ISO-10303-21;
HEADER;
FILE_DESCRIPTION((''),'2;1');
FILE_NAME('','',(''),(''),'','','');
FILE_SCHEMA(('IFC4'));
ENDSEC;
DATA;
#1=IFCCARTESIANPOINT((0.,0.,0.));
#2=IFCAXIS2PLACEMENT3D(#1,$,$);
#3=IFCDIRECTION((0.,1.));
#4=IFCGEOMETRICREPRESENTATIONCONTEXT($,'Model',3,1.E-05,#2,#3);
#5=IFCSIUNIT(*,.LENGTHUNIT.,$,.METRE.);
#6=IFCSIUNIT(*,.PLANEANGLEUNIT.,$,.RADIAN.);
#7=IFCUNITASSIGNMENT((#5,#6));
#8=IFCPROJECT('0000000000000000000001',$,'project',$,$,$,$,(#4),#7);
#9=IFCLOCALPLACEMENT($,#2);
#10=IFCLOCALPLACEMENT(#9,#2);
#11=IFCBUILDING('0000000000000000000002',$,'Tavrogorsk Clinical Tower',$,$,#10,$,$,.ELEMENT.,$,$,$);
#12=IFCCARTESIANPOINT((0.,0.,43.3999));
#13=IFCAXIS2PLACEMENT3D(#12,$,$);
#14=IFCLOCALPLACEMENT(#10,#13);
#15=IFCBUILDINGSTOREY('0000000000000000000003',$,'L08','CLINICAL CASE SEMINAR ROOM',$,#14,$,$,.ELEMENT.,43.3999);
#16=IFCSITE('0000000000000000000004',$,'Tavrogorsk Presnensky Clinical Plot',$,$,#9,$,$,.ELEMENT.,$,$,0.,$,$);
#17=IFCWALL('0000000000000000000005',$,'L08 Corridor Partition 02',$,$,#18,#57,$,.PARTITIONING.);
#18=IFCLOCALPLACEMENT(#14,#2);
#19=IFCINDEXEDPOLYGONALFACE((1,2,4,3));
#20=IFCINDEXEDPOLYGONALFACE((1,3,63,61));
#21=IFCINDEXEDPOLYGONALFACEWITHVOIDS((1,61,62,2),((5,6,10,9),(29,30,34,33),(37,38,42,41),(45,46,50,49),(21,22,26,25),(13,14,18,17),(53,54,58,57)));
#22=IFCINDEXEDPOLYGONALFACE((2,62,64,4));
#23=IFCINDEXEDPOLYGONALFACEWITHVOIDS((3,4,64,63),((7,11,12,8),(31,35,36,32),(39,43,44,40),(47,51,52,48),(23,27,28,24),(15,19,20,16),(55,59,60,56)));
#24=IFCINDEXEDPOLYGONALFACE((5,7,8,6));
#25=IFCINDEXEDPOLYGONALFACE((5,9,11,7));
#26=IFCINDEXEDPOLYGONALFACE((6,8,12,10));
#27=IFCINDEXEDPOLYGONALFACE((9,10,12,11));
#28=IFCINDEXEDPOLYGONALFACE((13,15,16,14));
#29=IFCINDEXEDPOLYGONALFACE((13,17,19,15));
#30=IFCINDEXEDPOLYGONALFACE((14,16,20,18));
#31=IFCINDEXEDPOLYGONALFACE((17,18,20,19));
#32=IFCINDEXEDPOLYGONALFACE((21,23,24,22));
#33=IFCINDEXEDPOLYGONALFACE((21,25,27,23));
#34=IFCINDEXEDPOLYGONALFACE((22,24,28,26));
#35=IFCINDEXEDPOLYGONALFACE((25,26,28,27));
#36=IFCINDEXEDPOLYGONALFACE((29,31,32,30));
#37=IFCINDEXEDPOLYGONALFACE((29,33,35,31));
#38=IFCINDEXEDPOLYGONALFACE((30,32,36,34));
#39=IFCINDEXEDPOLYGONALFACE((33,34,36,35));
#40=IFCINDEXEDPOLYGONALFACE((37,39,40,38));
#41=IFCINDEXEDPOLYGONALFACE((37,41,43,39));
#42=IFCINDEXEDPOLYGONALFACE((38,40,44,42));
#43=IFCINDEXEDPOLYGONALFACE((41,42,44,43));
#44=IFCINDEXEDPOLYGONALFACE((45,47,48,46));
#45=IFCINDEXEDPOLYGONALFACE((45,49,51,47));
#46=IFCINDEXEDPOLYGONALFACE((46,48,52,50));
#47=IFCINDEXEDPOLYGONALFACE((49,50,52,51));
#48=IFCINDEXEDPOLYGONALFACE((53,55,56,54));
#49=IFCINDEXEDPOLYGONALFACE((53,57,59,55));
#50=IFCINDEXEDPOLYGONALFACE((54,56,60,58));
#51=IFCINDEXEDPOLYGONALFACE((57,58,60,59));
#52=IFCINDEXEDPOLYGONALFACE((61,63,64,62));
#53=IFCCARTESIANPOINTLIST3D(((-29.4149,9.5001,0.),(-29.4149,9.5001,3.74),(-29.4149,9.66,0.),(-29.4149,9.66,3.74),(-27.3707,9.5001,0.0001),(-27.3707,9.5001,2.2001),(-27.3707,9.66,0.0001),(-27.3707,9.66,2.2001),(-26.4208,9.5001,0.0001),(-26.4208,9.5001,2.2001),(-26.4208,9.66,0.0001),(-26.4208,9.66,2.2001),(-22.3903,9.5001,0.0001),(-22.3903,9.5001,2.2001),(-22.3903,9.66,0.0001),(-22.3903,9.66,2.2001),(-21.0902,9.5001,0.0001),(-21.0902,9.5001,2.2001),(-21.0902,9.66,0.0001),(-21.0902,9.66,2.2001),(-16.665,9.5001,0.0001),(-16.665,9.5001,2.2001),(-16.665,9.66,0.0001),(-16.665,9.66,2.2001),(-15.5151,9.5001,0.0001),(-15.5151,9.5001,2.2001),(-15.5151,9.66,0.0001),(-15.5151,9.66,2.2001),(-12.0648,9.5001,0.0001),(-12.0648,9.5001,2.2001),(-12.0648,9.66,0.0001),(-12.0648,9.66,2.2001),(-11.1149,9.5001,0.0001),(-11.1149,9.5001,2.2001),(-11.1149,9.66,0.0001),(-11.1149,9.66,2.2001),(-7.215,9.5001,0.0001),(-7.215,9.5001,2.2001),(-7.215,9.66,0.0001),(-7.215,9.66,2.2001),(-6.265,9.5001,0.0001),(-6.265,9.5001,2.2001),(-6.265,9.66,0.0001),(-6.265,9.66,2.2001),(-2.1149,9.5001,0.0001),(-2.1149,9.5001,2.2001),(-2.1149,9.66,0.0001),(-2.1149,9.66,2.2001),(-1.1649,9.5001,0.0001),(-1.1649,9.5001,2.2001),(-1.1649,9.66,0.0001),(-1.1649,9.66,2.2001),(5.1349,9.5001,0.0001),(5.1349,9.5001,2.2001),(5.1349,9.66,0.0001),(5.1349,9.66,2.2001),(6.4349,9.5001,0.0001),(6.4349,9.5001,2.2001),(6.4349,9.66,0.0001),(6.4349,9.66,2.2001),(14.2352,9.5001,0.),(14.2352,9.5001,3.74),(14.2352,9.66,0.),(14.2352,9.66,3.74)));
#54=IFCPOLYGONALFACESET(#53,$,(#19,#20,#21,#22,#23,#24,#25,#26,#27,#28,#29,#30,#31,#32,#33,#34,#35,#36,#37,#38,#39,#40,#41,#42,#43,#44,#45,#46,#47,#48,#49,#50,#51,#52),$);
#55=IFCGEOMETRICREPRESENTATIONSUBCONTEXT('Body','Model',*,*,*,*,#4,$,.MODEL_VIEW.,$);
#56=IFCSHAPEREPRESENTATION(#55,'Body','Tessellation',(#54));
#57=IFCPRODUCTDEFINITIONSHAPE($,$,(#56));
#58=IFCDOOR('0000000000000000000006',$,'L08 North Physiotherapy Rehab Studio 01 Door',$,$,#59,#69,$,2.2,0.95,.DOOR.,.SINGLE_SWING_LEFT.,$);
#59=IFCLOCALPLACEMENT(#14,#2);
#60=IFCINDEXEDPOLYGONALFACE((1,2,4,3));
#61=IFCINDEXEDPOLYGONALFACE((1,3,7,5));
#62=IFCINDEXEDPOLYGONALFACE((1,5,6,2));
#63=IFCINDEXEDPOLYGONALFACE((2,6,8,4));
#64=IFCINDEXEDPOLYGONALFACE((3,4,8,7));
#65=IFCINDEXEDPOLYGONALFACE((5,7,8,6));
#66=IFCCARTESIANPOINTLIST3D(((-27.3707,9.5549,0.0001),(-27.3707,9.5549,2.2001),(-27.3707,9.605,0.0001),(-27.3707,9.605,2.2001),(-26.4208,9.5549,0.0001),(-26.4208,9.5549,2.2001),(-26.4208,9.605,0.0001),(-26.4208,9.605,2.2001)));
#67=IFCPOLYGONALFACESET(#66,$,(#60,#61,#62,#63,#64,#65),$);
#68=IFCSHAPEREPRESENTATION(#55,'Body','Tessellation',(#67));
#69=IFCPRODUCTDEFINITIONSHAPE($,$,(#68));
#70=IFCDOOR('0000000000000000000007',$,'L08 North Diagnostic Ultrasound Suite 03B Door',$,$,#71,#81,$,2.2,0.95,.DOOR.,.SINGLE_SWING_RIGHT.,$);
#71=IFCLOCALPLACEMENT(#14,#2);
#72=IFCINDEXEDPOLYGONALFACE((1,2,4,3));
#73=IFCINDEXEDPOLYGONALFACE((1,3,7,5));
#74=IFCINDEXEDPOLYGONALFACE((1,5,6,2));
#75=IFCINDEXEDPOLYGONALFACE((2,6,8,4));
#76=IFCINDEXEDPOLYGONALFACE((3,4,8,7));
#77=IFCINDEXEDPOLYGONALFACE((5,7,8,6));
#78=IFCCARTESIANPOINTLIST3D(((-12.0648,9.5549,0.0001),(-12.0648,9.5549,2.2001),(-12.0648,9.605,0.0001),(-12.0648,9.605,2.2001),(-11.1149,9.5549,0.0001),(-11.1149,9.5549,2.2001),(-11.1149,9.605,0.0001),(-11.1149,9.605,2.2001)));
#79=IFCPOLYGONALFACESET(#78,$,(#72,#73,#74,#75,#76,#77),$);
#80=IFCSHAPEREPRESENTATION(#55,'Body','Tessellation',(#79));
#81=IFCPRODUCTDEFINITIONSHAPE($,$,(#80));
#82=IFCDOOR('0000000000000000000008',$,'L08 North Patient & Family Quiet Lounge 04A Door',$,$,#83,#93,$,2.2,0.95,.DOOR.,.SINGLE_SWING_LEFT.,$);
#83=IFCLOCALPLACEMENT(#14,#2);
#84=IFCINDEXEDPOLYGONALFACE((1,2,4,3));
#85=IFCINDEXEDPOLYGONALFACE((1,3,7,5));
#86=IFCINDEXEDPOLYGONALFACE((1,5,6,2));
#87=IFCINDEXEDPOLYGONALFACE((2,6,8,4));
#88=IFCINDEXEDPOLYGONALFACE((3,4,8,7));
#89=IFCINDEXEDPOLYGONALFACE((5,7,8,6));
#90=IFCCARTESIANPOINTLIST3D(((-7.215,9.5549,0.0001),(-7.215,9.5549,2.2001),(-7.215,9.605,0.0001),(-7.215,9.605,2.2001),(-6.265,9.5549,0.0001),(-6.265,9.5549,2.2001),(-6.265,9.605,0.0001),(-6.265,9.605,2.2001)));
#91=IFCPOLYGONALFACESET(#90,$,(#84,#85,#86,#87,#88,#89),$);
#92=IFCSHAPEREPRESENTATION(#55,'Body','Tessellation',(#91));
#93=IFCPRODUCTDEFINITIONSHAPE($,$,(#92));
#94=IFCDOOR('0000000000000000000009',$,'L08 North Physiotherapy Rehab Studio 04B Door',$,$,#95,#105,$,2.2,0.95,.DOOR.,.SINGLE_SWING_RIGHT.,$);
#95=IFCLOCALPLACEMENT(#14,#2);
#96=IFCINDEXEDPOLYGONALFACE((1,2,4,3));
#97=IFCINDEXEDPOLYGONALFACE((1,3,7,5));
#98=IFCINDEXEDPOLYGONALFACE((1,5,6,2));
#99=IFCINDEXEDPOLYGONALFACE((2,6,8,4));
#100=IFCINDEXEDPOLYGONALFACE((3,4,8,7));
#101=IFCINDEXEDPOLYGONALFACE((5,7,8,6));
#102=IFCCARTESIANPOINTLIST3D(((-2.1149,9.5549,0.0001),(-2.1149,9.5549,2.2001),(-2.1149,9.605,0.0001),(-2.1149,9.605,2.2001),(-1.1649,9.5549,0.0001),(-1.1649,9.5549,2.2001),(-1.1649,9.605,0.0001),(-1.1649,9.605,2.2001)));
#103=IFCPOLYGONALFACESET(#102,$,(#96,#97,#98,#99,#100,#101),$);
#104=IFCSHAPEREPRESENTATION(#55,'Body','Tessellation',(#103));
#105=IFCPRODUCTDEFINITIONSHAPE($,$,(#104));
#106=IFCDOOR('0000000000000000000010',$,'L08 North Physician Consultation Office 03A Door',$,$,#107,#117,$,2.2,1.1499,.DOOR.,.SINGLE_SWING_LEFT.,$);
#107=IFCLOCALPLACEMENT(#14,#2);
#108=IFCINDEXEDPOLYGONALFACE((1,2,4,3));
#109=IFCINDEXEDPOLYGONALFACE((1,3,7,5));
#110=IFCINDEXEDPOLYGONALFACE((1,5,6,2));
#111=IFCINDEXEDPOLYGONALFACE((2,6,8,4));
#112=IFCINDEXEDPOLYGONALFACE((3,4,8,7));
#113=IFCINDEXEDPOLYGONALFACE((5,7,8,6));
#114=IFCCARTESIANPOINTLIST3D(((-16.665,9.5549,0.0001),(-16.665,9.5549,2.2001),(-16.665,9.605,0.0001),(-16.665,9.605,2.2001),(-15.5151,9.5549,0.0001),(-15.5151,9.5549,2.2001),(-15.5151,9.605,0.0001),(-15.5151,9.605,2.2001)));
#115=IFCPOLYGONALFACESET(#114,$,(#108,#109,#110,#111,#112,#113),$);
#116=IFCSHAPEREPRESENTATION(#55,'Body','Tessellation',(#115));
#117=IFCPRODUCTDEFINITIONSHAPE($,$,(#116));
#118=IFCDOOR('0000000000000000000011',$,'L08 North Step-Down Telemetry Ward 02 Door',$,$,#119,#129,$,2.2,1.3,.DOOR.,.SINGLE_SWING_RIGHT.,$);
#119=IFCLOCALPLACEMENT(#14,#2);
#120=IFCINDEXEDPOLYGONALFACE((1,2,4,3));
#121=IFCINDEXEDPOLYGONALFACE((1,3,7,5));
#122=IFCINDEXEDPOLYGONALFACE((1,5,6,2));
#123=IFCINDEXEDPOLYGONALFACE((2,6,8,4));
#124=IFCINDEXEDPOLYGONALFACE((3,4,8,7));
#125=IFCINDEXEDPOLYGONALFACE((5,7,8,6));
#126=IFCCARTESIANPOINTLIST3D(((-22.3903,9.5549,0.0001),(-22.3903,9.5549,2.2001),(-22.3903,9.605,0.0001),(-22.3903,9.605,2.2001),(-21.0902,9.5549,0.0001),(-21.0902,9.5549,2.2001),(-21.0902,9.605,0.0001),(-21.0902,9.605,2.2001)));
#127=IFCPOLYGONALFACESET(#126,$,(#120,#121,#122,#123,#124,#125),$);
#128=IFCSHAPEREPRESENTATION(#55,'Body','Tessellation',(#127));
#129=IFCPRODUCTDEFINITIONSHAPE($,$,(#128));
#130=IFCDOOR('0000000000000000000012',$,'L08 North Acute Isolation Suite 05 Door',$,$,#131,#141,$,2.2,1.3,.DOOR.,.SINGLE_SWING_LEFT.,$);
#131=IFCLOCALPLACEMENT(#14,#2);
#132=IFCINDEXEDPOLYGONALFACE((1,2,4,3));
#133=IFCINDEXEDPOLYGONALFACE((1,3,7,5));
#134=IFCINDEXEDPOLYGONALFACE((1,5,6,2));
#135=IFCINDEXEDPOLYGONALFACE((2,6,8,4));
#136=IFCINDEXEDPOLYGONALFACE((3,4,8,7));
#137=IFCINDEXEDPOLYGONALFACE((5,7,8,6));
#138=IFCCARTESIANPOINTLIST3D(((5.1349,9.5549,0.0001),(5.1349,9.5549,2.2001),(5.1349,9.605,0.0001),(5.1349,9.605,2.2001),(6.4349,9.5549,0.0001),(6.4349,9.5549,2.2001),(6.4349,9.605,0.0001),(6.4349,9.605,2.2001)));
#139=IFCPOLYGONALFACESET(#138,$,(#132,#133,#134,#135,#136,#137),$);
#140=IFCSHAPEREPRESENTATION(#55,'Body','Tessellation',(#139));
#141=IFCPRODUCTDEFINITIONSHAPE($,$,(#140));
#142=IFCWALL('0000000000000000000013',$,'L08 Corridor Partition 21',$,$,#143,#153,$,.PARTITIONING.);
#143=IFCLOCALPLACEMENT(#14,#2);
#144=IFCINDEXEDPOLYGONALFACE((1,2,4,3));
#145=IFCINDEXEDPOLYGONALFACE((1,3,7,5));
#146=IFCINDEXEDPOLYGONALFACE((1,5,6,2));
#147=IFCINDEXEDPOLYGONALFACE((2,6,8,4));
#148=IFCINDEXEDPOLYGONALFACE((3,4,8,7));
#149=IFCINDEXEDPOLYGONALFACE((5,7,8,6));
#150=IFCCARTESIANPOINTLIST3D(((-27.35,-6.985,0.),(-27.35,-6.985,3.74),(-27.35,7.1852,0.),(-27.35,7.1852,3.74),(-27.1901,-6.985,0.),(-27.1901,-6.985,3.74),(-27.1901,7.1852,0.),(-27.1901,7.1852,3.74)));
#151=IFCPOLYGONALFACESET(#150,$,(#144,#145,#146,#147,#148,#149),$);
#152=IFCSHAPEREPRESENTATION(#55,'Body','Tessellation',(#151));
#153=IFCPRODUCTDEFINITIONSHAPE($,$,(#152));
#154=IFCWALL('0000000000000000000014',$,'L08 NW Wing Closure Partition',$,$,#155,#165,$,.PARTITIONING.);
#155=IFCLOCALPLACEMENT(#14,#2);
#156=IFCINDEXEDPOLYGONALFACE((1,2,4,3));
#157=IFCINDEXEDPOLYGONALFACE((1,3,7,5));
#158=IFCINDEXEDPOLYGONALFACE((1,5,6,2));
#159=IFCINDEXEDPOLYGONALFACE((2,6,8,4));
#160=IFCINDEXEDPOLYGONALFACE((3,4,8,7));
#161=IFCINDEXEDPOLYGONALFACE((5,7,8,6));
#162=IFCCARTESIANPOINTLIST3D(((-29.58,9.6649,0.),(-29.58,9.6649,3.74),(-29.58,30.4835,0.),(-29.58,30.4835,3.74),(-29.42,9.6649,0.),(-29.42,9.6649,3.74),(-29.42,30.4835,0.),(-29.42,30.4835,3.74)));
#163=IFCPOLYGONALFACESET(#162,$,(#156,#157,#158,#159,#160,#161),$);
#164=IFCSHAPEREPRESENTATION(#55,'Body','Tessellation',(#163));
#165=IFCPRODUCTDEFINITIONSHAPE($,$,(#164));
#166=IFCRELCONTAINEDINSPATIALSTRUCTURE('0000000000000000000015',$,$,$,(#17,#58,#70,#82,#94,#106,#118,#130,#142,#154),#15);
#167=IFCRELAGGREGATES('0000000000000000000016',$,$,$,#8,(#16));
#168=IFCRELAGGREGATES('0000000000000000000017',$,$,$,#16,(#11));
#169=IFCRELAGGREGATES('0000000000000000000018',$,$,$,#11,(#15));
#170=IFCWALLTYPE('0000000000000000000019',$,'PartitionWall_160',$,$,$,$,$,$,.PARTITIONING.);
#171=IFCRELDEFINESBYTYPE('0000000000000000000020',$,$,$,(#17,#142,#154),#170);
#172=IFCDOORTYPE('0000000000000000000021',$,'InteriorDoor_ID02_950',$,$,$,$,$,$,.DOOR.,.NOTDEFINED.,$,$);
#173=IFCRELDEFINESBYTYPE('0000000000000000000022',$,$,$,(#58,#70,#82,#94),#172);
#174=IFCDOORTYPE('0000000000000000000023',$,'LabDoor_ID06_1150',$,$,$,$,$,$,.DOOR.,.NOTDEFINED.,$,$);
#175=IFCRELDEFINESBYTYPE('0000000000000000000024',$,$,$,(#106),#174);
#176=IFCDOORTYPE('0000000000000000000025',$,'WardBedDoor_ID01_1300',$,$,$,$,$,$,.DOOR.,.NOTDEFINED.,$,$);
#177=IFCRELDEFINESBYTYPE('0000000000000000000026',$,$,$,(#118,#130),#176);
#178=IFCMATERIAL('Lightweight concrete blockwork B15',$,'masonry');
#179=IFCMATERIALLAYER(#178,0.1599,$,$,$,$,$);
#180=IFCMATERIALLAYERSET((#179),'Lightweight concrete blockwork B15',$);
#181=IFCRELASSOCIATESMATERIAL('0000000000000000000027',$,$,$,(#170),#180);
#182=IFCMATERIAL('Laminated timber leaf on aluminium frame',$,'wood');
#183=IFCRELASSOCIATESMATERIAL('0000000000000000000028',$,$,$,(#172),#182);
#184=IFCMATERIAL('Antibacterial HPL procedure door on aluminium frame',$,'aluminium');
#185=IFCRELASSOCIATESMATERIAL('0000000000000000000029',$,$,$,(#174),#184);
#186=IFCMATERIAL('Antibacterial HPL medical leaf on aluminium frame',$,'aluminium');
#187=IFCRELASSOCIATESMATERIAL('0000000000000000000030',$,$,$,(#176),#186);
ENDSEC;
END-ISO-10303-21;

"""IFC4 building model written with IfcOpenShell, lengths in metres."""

from ifc_helpers import new_model, si_unit, direction, frame, frame_2d, origin, place, context, subcontext, project, spatial, rectangle, extrude, material, layer, layer_set, type_object, element, fill, save


model = new_model("IFC4")

# Units and contexts
model_context = context("Model", 3, precision=1e-05, world=origin(), true_north=direction((0.0, 1.0)))
body_context = subcontext(model_context, "Body", "Model", "MODEL_VIEW")
ifc_project = project(units=[si_unit("LENGTHUNIT", "METRE"), si_unit("PLANEANGLEUNIT", "RADIAN")], contexts=[model_context])

# Site, building, storey
site_placement = place(None, origin())
site = spatial("IfcSite", under=ifc_project, at=site_placement, Name="Tavrogorsk Presnensky Clinical Plot", CompositionType="ELEMENT", RefElevation=0.0)
building_placement = place(site_placement, origin())
building = spatial("IfcBuilding", under=site, at=building_placement, Name="Tavrogorsk Clinical Tower", CompositionType="ELEMENT")
storey_placement = place(building_placement, frame((0.0, 0.0, 43.3999)))
storey = spatial("IfcBuildingStorey", under=building, at=storey_placement, Name="L08", Description="CLINICAL CASE SEMINAR ROOM", CompositionType="ELEMENT", Elevation=43.3999)

# Wall, openings, doors
ifc_material_1 = material(Name="Lightweight concrete blockwork B15", Category="masonry")
ifc_layer_1 = layer(ifc_material_1, 0.1599)
ifc_layer_set_1 = layer_set([ifc_layer_1], Name="Lightweight concrete blockwork B15")
wall_type_1 = type_object("IfcWallType", Name="PartitionWall_160", PredefinedType="PARTITIONING", material=ifc_layer_set_1)
wall_1_placement = place(storey_placement, frame((-29.415, 9.5801, 0.0), z_axis=(0.0, 0.0, 1.0), x_axis=(1.0, 0.0, 0.0)))
wall_1 = element("IfcWall", 1, at=wall_1_placement, inside=storey, type_object=wall_type_1, Name="L08 Corridor Partition 02", PredefinedType="PARTITIONING", context=body_context, shape_type="SweptSolid", body=[
    extrude(rectangle(XDim=43.6501, YDim=0.1599, at=frame_2d((21.8252, 0.0))), origin(), (0.0, 0.0, 1.0), 3.74),
])
opening_1_placement = place(wall_1_placement, frame((2.0442, 0.0, 0.0)))
opening_1 = element("IfcOpeningElement", 2, at=opening_1_placement, cuts=wall_1, PredefinedType="OPENING", context=body_context, shape_type="SweptSolid", body=[
    extrude(rectangle(XDim=0.95, YDim=2.2, at=frame_2d((0.4751, 1.1001))), frame((0.0, 0.0898, 0.0), z_axis=(0.0, -1.0, 0.0), x_axis=(1.0, 0.0, 0.0)), (0.0, 0.0, 1.0), 0.1799),
])
opening_2_placement = place(wall_1_placement, frame((7.0249, 0.0, 0.0)))
opening_2 = element("IfcOpeningElement", 3, at=opening_2_placement, cuts=wall_1, PredefinedType="OPENING", context=body_context, shape_type="SweptSolid", body=[
    extrude(rectangle(XDim=1.3, YDim=2.2, at=frame_2d((0.6499, 1.1001))), frame((0.0, 0.0898, 0.0), z_axis=(0.0, -1.0, 0.0), x_axis=(1.0, 0.0, 0.0)), (0.0, 0.0, 1.0), 0.1799),
])
opening_3_placement = place(wall_1_placement, frame((12.75, 0.0, 0.0)))
opening_3 = element("IfcOpeningElement", 4, at=opening_3_placement, cuts=wall_1, PredefinedType="OPENING", context=body_context, shape_type="SweptSolid", body=[
    extrude(rectangle(XDim=1.1499, YDim=2.2, at=frame_2d((0.575, 1.1001))), frame((0.0, 0.0898, 0.0), z_axis=(0.0, -1.0, 0.0), x_axis=(1.0, 0.0, 0.0)), (0.0, 0.0, 1.0), 0.1799),
])
opening_4_placement = place(wall_1_placement, frame((17.3501, 0.0, 0.0)))
opening_4 = element("IfcOpeningElement", 5, at=opening_4_placement, cuts=wall_1, PredefinedType="OPENING", context=body_context, shape_type="SweptSolid", body=[
    extrude(rectangle(XDim=0.95, YDim=2.2, at=frame_2d((0.4751, 1.1001))), frame((0.0, 0.0898, 0.0), z_axis=(0.0, -1.0, 0.0), x_axis=(1.0, 0.0, 0.0)), (0.0, 0.0, 1.0), 0.1799),
])
opening_5_placement = place(wall_1_placement, frame((22.2, 0.0, 0.0)))
opening_5 = element("IfcOpeningElement", 6, at=opening_5_placement, cuts=wall_1, PredefinedType="OPENING", context=body_context, shape_type="SweptSolid", body=[
    extrude(rectangle(XDim=0.95, YDim=2.2, at=frame_2d((0.4751, 1.1001))), frame((0.0, 0.0898, 0.0), z_axis=(0.0, -1.0, 0.0), x_axis=(1.0, 0.0, 0.0)), (0.0, 0.0, 1.0), 0.1799),
])
opening_6_placement = place(wall_1_placement, frame((27.3, 0.0, 0.0)))
opening_6 = element("IfcOpeningElement", 7, at=opening_6_placement, cuts=wall_1, PredefinedType="OPENING", context=body_context, shape_type="SweptSolid", body=[
    extrude(rectangle(XDim=0.95, YDim=2.2, at=frame_2d((0.4751, 1.1001))), frame((0.0, 0.0898, 0.0), z_axis=(0.0, -1.0, 0.0), x_axis=(1.0, 0.0, 0.0)), (0.0, 0.0, 1.0), 0.1799),
])
opening_7_placement = place(wall_1_placement, frame((34.55, 0.0, 0.0)))
opening_7 = element("IfcOpeningElement", 8, at=opening_7_placement, cuts=wall_1, PredefinedType="OPENING", context=body_context, shape_type="SweptSolid", body=[
    extrude(rectangle(XDim=1.3, YDim=2.2, at=frame_2d((0.6499, 1.1001))), frame((0.0, 0.0898, 0.0), z_axis=(0.0, -1.0, 0.0), x_axis=(1.0, 0.0, 0.0)), (0.0, 0.0, 1.0), 0.1799),
])
ifc_material_2 = material(Name="Laminated timber leaf on aluminium frame", Category="wood")
door_type_1 = type_object("IfcDoorType", Name="InteriorDoor_ID02_950", OperationType="NOTDEFINED", PredefinedType="DOOR", material=ifc_material_2)
door_1_placement = place(opening_1_placement, origin())
door_1 = element("IfcDoor", 9, at=door_1_placement, inside=storey, type_object=door_type_1, Name="L08 North Physiotherapy Rehab Studio 01 Door", OperationType="SINGLE_SWING_LEFT", OverallHeight=2.2, OverallWidth=0.95, PredefinedType="DOOR", context=body_context, shape_type="SweptSolid", body=[
    extrude(rectangle(XDim=0.95, YDim=2.2, at=frame_2d((0.4751, 1.1001))), frame((0.0, 0.0249, 0.0), z_axis=(0.0, -1.0, 0.0), x_axis=(1.0, 0.0, 0.0)), (0.0, 0.0, 1.0), 0.05),
])
fill(opening_1, door_1)
door_2_placement = place(opening_4_placement, origin())
door_2 = element("IfcDoor", 10, at=door_2_placement, inside=storey, type_object=door_type_1, Name="L08 North Diagnostic Ultrasound Suite 03B Door", OperationType="SINGLE_SWING_RIGHT", OverallHeight=2.2, OverallWidth=0.95, PredefinedType="DOOR", context=body_context, shape_type="SweptSolid", body=[
    extrude(rectangle(XDim=0.95, YDim=2.2, at=frame_2d((0.4751, 1.1001))), frame((0.0, 0.0249, 0.0), z_axis=(0.0, -1.0, 0.0), x_axis=(1.0, 0.0, 0.0)), (0.0, 0.0, 1.0), 0.05),
])
fill(opening_4, door_2)
door_3_placement = place(opening_5_placement, origin())
door_3 = element("IfcDoor", 11, at=door_3_placement, inside=storey, type_object=door_type_1, Name="L08 North Patient & Family Quiet Lounge 04A Door", OperationType="SINGLE_SWING_LEFT", OverallHeight=2.2, OverallWidth=0.95, PredefinedType="DOOR", context=body_context, shape_type="SweptSolid", body=[
    extrude(rectangle(XDim=0.95, YDim=2.2, at=frame_2d((0.4751, 1.1001))), frame((0.0, 0.0249, 0.0), z_axis=(0.0, -1.0, 0.0), x_axis=(1.0, 0.0, 0.0)), (0.0, 0.0, 1.0), 0.05),
])
fill(opening_5, door_3)
door_4_placement = place(opening_6_placement, origin())
door_4 = element("IfcDoor", 12, at=door_4_placement, inside=storey, type_object=door_type_1, Name="L08 North Physiotherapy Rehab Studio 04B Door", OperationType="SINGLE_SWING_RIGHT", OverallHeight=2.2, OverallWidth=0.95, PredefinedType="DOOR", context=body_context, shape_type="SweptSolid", body=[
    extrude(rectangle(XDim=0.95, YDim=2.2, at=frame_2d((0.4751, 1.1001))), frame((0.0, 0.0249, 0.0), z_axis=(0.0, -1.0, 0.0), x_axis=(1.0, 0.0, 0.0)), (0.0, 0.0, 1.0), 0.05),
])
fill(opening_6, door_4)
ifc_material_3 = material(Name="Antibacterial HPL procedure door on aluminium frame", Category="aluminium")
door_type_2 = type_object("IfcDoorType", Name="LabDoor_ID06_1150", OperationType="NOTDEFINED", PredefinedType="DOOR", material=ifc_material_3)
door_5_placement = place(opening_3_placement, origin())
door_5 = element("IfcDoor", 13, at=door_5_placement, inside=storey, type_object=door_type_2, Name="L08 North Physician Consultation Office 03A Door", OperationType="SINGLE_SWING_LEFT", OverallHeight=2.2, OverallWidth=1.1499, PredefinedType="DOOR", context=body_context, shape_type="SweptSolid", body=[
    extrude(rectangle(XDim=1.1499, YDim=2.2, at=frame_2d((0.575, 1.1001))), frame((0.0, 0.0249, 0.0), z_axis=(0.0, -1.0, 0.0), x_axis=(1.0, 0.0, 0.0)), (0.0, 0.0, 1.0), 0.05),
])
fill(opening_3, door_5)
ifc_material_4 = material(Name="Antibacterial HPL medical leaf on aluminium frame", Category="aluminium")
door_type_3 = type_object("IfcDoorType", Name="WardBedDoor_ID01_1300", OperationType="NOTDEFINED", PredefinedType="DOOR", material=ifc_material_4)
door_6_placement = place(opening_2_placement, origin())
door_6 = element("IfcDoor", 14, at=door_6_placement, inside=storey, type_object=door_type_3, Name="L08 North Step-Down Telemetry Ward 02 Door", OperationType="SINGLE_SWING_RIGHT", OverallHeight=2.2, OverallWidth=1.3, PredefinedType="DOOR", context=body_context, shape_type="SweptSolid", body=[
    extrude(rectangle(XDim=1.3, YDim=2.2, at=frame_2d((0.6499, 1.1001))), frame((0.0, 0.0249, 0.0), z_axis=(0.0, -1.0, 0.0), x_axis=(1.0, 0.0, 0.0)), (0.0, 0.0, 1.0), 0.05),
])
fill(opening_2, door_6)
door_7_placement = place(opening_7_placement, origin())
door_7 = element("IfcDoor", 15, at=door_7_placement, inside=storey, type_object=door_type_3, Name="L08 North Acute Isolation Suite 05 Door", OperationType="SINGLE_SWING_LEFT", OverallHeight=2.2, OverallWidth=1.3, PredefinedType="DOOR", context=body_context, shape_type="SweptSolid", body=[
    extrude(rectangle(XDim=1.3, YDim=2.2, at=frame_2d((0.6499, 1.1001))), frame((0.0, 0.0249, 0.0), z_axis=(0.0, -1.0, 0.0), x_axis=(1.0, 0.0, 0.0)), (0.0, 0.0, 1.0), 0.05),
])
fill(opening_7, door_7)

# Walls
wall_2_placement = place(storey_placement, frame((-27.27, 7.1851, 0.0), z_axis=(0.0, 0.0, 1.0), x_axis=(0.0, -1.0, 0.0)))
element("IfcWall", 16, at=wall_2_placement, inside=storey, type_object=wall_type_1, Name="L08 Corridor Partition 21", PredefinedType="PARTITIONING", context=body_context, shape_type="SweptSolid", body=[
    extrude(rectangle(XDim=14.1702, YDim=0.1599, at=frame_2d((7.085, 0.0))), origin(), (0.0, 0.0, 1.0), 3.74),
])
wall_3_placement = place(storey_placement, frame((-29.5, 9.665, 0.0), z_axis=(0.0, 0.0, 1.0), x_axis=(0.0, 1.0, 0.0)))
element("IfcWall", 17, at=wall_3_placement, inside=storey, type_object=wall_type_1, Name="L08 NW Wing Closure Partition", PredefinedType="PARTITIONING", context=body_context, shape_type="SweptSolid", body=[
    extrude(rectangle(XDim=20.8186, YDim=0.1599, at=frame_2d((10.4092, 0.0))), origin(), (0.0, 0.0, 1.0), 3.74),
])

save(model, "model.ifc")
